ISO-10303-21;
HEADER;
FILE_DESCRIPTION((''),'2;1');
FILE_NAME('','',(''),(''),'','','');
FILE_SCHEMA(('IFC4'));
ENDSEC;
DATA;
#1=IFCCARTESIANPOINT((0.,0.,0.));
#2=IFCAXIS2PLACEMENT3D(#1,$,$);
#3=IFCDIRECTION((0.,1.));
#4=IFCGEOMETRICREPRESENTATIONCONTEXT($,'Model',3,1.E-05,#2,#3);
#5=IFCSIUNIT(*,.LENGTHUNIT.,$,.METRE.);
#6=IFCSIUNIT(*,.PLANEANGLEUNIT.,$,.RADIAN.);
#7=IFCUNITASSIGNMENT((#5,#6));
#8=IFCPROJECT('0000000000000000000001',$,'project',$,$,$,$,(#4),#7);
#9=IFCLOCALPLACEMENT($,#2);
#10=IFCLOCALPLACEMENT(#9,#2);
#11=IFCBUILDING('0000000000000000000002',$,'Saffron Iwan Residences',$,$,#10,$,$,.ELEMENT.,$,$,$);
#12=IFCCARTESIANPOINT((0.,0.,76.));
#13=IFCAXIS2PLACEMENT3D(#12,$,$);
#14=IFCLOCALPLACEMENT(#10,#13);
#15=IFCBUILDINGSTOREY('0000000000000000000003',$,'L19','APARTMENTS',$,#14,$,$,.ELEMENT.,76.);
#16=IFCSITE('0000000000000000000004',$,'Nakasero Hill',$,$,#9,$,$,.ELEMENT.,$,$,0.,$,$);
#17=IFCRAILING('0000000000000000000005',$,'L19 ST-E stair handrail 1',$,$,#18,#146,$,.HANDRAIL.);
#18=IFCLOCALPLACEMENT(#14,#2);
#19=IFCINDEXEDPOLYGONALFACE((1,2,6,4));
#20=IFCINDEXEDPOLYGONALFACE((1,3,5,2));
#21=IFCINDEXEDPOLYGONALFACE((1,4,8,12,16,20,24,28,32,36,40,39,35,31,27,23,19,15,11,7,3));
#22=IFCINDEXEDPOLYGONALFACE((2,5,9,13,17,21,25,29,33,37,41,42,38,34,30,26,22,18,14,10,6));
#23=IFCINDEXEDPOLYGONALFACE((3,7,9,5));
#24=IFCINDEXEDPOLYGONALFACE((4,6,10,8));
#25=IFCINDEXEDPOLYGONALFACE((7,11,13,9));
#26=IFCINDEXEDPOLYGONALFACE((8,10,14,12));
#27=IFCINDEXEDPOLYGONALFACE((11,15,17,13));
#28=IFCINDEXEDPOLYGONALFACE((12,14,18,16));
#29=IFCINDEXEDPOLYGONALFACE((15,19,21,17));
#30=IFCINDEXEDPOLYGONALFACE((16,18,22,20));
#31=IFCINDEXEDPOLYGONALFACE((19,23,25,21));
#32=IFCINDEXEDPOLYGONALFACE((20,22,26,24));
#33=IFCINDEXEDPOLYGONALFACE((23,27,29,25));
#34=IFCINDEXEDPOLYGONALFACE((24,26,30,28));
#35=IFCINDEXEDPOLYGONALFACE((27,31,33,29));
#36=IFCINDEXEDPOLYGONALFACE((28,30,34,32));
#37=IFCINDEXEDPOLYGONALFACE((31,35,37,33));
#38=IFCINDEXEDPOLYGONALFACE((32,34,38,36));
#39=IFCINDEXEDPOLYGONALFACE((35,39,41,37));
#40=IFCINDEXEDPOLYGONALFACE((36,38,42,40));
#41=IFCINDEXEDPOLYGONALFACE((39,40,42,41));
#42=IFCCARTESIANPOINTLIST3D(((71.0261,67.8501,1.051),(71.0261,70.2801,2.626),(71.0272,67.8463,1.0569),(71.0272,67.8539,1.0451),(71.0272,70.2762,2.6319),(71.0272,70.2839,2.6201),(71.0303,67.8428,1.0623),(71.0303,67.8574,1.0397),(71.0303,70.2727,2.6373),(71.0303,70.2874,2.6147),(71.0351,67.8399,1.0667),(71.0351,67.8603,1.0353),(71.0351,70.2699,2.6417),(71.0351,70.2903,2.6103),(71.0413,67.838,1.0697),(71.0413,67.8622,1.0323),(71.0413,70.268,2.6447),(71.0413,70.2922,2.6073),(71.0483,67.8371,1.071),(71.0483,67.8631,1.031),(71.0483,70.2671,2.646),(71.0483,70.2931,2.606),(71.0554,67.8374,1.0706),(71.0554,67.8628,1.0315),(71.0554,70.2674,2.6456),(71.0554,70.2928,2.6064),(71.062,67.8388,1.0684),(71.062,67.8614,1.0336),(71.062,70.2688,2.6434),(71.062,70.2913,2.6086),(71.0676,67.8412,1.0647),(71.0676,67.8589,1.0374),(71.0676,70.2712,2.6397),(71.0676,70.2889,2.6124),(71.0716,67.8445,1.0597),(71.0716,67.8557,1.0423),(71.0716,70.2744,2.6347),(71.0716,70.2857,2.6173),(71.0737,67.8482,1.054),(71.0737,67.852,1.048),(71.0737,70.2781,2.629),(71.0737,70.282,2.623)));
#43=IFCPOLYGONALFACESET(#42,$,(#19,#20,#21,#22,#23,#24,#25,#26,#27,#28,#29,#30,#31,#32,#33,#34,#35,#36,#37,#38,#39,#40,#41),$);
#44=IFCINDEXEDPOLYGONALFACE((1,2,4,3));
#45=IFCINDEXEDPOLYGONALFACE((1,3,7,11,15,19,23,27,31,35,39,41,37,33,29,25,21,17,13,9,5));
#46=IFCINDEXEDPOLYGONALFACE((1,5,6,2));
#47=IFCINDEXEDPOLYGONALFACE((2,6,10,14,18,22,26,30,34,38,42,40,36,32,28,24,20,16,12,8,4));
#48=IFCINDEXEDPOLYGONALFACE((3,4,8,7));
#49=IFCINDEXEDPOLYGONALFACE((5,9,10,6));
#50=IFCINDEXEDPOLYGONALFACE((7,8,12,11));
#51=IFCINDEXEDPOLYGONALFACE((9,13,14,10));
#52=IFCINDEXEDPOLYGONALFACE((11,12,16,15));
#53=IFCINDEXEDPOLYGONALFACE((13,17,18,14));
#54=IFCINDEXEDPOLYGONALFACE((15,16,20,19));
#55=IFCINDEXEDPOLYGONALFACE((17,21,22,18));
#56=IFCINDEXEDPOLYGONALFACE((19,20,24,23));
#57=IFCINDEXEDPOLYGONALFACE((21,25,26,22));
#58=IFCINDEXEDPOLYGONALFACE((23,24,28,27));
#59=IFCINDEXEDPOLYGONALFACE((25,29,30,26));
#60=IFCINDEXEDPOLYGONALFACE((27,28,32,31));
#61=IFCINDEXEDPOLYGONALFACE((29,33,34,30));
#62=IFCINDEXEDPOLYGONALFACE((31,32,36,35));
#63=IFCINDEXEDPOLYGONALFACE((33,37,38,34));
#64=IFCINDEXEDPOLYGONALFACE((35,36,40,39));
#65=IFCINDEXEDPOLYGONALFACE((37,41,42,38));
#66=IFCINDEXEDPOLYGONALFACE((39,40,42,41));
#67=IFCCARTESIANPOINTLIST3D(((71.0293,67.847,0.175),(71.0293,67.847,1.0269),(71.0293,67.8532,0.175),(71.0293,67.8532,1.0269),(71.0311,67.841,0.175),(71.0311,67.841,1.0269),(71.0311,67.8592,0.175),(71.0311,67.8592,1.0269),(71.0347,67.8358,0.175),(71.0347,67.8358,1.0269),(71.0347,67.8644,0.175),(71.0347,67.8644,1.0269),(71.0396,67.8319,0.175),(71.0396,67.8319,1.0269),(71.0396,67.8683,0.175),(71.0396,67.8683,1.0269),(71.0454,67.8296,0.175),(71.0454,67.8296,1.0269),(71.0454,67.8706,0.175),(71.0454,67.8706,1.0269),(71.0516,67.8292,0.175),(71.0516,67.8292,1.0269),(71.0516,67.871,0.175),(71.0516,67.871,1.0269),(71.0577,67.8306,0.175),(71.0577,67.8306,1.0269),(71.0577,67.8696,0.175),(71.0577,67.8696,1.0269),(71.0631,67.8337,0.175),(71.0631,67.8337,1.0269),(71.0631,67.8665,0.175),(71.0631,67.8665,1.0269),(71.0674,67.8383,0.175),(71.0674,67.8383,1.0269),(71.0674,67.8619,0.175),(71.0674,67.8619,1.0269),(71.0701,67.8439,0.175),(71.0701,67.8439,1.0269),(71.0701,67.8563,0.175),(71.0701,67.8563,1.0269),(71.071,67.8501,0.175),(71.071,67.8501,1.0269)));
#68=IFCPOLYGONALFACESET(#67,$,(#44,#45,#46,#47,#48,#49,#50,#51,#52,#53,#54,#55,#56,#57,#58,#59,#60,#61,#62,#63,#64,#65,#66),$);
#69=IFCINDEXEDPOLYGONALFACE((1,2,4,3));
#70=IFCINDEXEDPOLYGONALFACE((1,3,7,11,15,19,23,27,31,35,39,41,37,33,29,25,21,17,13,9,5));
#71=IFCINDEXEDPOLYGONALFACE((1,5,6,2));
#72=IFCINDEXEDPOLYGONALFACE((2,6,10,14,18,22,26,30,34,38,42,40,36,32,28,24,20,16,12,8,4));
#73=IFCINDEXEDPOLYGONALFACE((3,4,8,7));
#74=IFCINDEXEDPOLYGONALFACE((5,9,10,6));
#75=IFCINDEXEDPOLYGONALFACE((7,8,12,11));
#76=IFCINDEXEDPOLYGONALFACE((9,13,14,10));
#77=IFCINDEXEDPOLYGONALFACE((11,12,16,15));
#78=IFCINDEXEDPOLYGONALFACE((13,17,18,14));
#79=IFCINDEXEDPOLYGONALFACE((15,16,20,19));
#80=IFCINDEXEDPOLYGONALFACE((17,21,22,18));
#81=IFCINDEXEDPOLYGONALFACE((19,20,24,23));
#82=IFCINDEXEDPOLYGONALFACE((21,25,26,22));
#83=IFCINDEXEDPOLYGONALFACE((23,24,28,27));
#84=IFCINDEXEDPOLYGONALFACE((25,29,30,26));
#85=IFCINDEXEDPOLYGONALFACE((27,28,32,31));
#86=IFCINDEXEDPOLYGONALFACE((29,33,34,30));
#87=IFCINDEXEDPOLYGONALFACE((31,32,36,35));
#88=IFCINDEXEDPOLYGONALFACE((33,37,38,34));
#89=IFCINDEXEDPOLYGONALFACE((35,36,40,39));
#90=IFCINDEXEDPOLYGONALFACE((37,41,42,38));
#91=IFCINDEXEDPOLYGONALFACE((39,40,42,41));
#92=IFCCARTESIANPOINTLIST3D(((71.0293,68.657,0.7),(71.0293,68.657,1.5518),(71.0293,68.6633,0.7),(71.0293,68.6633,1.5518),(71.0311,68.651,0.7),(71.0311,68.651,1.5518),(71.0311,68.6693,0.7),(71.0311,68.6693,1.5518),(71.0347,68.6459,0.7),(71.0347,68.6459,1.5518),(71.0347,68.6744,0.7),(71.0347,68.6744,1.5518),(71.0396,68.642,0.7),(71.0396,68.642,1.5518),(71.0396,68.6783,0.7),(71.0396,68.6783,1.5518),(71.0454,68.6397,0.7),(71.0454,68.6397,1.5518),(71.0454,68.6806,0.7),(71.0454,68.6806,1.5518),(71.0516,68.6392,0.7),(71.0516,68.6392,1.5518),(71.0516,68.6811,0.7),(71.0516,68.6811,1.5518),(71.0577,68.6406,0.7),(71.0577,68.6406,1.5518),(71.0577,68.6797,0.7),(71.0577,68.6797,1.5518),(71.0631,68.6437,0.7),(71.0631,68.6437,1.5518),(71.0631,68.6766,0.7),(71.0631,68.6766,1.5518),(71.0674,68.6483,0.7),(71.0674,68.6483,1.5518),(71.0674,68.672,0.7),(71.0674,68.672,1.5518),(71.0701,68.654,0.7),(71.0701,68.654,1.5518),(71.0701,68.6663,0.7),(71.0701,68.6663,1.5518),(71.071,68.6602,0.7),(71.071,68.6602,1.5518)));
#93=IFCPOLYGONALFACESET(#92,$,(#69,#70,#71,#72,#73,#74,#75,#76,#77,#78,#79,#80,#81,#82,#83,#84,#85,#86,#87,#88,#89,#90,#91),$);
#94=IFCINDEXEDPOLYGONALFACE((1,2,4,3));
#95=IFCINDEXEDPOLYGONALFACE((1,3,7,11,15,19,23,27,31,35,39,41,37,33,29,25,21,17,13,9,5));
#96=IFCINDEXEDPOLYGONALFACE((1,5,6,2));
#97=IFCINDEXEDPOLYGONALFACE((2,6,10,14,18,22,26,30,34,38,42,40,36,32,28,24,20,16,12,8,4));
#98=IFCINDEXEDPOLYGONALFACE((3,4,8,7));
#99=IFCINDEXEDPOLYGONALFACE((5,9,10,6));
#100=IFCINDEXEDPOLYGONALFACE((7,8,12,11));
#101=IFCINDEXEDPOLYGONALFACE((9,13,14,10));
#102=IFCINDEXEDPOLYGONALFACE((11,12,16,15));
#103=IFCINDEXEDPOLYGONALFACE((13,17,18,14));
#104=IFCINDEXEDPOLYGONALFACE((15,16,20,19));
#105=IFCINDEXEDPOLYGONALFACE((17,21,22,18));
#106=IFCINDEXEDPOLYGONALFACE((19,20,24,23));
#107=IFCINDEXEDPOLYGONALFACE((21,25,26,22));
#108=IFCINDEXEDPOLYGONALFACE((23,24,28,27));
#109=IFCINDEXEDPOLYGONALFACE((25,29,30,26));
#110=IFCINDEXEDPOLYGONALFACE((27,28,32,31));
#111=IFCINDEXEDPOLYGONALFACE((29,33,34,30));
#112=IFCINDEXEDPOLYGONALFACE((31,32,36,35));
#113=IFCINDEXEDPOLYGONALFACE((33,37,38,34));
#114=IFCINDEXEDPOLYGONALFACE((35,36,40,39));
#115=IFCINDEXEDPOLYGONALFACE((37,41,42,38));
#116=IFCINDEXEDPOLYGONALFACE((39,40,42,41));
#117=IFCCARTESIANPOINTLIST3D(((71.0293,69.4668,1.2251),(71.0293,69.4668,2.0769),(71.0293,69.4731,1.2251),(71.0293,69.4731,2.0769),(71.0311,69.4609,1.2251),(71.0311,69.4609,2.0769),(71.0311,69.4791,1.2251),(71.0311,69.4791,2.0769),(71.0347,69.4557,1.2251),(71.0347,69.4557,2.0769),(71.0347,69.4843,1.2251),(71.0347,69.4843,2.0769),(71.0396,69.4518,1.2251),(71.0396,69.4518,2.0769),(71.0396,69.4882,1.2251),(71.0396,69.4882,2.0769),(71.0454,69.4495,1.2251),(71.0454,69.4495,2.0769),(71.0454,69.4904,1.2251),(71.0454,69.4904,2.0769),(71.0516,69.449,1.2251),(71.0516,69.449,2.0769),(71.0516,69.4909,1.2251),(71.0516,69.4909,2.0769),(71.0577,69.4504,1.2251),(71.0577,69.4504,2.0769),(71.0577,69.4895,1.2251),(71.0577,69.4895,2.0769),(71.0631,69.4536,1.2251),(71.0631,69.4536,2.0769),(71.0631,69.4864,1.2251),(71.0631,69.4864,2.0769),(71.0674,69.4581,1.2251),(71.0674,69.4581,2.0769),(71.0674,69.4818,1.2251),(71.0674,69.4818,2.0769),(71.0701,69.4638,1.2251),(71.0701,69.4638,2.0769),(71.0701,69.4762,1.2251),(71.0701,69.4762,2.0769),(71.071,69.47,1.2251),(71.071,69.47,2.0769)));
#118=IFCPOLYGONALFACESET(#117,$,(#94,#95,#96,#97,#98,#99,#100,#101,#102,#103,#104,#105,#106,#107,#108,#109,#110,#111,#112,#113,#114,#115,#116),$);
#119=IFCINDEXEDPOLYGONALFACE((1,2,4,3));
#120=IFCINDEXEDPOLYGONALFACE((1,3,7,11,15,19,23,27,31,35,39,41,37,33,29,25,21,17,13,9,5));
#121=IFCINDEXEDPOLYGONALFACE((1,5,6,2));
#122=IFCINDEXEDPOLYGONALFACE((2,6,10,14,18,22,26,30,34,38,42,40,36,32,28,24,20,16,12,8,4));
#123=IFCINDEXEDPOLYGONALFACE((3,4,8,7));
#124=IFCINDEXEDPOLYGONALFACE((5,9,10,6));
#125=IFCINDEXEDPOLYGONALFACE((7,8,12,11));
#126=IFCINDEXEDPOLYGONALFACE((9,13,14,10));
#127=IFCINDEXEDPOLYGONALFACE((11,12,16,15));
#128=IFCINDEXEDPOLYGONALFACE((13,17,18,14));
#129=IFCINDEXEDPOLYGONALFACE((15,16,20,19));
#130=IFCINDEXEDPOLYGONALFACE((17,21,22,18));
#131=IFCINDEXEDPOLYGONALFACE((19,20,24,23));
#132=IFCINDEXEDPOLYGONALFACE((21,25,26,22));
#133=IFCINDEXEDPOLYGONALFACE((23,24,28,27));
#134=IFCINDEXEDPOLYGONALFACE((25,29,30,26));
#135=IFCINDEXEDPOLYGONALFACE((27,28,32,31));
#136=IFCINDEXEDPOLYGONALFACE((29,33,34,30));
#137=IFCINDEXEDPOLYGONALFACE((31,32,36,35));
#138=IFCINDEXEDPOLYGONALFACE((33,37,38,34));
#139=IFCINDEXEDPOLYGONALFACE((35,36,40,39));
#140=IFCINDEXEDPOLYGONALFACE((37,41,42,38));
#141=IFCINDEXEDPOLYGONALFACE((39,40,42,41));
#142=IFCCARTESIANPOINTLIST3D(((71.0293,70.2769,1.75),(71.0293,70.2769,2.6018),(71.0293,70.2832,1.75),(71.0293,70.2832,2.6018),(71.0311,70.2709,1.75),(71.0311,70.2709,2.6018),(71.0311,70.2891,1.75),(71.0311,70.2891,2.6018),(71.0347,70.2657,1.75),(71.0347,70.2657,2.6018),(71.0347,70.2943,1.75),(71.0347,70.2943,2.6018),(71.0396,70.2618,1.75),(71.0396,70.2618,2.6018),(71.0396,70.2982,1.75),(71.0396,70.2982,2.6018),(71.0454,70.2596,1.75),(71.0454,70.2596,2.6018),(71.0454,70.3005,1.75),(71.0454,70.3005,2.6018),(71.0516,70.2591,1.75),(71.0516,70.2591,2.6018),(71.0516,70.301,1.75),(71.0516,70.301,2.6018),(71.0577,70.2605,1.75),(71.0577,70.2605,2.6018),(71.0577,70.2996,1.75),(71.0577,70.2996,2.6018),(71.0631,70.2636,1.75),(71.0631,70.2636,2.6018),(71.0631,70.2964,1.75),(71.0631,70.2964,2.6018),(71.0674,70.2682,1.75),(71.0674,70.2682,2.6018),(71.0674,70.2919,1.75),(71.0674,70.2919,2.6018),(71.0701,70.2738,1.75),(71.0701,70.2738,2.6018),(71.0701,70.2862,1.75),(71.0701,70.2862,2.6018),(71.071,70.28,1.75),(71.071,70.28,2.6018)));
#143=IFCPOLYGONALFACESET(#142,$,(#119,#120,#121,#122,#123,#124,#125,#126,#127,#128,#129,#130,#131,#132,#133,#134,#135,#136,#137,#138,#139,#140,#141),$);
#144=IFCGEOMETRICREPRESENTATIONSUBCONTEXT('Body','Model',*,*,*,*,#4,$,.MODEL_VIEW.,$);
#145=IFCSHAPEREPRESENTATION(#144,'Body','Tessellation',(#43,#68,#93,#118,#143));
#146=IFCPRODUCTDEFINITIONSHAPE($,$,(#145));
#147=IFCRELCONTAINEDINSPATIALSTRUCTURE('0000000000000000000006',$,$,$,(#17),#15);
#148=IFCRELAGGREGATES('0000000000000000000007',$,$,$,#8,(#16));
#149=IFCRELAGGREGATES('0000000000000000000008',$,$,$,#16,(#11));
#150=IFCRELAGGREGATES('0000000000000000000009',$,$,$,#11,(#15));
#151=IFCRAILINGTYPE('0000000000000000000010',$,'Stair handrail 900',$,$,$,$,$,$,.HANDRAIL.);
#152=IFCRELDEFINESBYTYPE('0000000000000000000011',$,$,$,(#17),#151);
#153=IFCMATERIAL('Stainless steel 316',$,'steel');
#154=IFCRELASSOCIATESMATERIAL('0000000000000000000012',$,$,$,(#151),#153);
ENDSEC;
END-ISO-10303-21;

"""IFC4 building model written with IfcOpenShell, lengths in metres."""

from ifc_helpers import new_model, si_unit, direction, frame, origin, origin_2d, place, context, subcontext, project, spatial, circle, extrude, material, type_object, element, save


model = new_model("IFC4")

# Units and contexts
model_context = context("Model", 3, precision=1e-05, world=origin(), true_north=direction((0.0, 1.0)))
body_context = subcontext(model_context, "Body", "Model", "MODEL_VIEW")
ifc_project = project(units=[si_unit("LENGTHUNIT", "METRE"), si_unit("PLANEANGLEUNIT", "RADIAN")], contexts=[model_context])

# Site, building, storey
site_placement = place(None, origin())
site = spatial("IfcSite", under=ifc_project, at=site_placement, Name="Nakasero Hill", CompositionType="ELEMENT", RefElevation=0.0)
building_placement = place(site_placement, origin())
building = spatial("IfcBuilding", under=site, at=building_placement, Name="Saffron Iwan Residences", CompositionType="ELEMENT")
storey_placement = place(building_placement, frame((0.0, 0.0, 76.0)))
storey = spatial("IfcBuildingStorey", under=building, at=storey_placement, Name="L19", Description="APARTMENTS", CompositionType="ELEMENT", Elevation=76.0)

# Railing
ifc_material_1 = material(Name="Stainless steel 316", Category="steel")
railing_type_1 = type_object("IfcRailingType", Name="Stair handrail 900", PredefinedType="HANDRAIL", material=ifc_material_1)
railing_1_placement = place(storey_placement, frame((71.05, 67.8501, 0.175)))
element("IfcRailing", 1, at=railing_1_placement, inside=storey, type_object=railing_type_1, Name="L19 ST-E stair handrail 1", PredefinedType="HANDRAIL", context=body_context, shape_type="SweptSolid", body=[
    extrude(circle(Radius=0.0239, at=origin_2d()), frame((0.0, 0.0, 0.876), z_axis=(0.0, 0.839154, 0.543894), x_axis=(-1.0, 0.0, 0.0)), (0.0, 0.0, 1.0), 2.8958),
    extrude(circle(Radius=0.021, at=origin_2d()), origin(), (0.0, 0.0, 1.0), 0.8518),
    extrude(circle(Radius=0.021, at=origin_2d()), frame((0.0, 0.8101, 0.5249)), (0.0, 0.0, 1.0), 0.8518),
    extrude(circle(Radius=0.021, at=origin_2d()), frame((0.0, 1.6199, 1.05)), (0.0, 0.0, 1.0), 0.8518),
    extrude(circle(Radius=0.021, at=origin_2d()), frame((0.0, 2.4299, 1.575)), (0.0, 0.0, 1.0), 0.8518),
])

save(model, "model.ifc")
